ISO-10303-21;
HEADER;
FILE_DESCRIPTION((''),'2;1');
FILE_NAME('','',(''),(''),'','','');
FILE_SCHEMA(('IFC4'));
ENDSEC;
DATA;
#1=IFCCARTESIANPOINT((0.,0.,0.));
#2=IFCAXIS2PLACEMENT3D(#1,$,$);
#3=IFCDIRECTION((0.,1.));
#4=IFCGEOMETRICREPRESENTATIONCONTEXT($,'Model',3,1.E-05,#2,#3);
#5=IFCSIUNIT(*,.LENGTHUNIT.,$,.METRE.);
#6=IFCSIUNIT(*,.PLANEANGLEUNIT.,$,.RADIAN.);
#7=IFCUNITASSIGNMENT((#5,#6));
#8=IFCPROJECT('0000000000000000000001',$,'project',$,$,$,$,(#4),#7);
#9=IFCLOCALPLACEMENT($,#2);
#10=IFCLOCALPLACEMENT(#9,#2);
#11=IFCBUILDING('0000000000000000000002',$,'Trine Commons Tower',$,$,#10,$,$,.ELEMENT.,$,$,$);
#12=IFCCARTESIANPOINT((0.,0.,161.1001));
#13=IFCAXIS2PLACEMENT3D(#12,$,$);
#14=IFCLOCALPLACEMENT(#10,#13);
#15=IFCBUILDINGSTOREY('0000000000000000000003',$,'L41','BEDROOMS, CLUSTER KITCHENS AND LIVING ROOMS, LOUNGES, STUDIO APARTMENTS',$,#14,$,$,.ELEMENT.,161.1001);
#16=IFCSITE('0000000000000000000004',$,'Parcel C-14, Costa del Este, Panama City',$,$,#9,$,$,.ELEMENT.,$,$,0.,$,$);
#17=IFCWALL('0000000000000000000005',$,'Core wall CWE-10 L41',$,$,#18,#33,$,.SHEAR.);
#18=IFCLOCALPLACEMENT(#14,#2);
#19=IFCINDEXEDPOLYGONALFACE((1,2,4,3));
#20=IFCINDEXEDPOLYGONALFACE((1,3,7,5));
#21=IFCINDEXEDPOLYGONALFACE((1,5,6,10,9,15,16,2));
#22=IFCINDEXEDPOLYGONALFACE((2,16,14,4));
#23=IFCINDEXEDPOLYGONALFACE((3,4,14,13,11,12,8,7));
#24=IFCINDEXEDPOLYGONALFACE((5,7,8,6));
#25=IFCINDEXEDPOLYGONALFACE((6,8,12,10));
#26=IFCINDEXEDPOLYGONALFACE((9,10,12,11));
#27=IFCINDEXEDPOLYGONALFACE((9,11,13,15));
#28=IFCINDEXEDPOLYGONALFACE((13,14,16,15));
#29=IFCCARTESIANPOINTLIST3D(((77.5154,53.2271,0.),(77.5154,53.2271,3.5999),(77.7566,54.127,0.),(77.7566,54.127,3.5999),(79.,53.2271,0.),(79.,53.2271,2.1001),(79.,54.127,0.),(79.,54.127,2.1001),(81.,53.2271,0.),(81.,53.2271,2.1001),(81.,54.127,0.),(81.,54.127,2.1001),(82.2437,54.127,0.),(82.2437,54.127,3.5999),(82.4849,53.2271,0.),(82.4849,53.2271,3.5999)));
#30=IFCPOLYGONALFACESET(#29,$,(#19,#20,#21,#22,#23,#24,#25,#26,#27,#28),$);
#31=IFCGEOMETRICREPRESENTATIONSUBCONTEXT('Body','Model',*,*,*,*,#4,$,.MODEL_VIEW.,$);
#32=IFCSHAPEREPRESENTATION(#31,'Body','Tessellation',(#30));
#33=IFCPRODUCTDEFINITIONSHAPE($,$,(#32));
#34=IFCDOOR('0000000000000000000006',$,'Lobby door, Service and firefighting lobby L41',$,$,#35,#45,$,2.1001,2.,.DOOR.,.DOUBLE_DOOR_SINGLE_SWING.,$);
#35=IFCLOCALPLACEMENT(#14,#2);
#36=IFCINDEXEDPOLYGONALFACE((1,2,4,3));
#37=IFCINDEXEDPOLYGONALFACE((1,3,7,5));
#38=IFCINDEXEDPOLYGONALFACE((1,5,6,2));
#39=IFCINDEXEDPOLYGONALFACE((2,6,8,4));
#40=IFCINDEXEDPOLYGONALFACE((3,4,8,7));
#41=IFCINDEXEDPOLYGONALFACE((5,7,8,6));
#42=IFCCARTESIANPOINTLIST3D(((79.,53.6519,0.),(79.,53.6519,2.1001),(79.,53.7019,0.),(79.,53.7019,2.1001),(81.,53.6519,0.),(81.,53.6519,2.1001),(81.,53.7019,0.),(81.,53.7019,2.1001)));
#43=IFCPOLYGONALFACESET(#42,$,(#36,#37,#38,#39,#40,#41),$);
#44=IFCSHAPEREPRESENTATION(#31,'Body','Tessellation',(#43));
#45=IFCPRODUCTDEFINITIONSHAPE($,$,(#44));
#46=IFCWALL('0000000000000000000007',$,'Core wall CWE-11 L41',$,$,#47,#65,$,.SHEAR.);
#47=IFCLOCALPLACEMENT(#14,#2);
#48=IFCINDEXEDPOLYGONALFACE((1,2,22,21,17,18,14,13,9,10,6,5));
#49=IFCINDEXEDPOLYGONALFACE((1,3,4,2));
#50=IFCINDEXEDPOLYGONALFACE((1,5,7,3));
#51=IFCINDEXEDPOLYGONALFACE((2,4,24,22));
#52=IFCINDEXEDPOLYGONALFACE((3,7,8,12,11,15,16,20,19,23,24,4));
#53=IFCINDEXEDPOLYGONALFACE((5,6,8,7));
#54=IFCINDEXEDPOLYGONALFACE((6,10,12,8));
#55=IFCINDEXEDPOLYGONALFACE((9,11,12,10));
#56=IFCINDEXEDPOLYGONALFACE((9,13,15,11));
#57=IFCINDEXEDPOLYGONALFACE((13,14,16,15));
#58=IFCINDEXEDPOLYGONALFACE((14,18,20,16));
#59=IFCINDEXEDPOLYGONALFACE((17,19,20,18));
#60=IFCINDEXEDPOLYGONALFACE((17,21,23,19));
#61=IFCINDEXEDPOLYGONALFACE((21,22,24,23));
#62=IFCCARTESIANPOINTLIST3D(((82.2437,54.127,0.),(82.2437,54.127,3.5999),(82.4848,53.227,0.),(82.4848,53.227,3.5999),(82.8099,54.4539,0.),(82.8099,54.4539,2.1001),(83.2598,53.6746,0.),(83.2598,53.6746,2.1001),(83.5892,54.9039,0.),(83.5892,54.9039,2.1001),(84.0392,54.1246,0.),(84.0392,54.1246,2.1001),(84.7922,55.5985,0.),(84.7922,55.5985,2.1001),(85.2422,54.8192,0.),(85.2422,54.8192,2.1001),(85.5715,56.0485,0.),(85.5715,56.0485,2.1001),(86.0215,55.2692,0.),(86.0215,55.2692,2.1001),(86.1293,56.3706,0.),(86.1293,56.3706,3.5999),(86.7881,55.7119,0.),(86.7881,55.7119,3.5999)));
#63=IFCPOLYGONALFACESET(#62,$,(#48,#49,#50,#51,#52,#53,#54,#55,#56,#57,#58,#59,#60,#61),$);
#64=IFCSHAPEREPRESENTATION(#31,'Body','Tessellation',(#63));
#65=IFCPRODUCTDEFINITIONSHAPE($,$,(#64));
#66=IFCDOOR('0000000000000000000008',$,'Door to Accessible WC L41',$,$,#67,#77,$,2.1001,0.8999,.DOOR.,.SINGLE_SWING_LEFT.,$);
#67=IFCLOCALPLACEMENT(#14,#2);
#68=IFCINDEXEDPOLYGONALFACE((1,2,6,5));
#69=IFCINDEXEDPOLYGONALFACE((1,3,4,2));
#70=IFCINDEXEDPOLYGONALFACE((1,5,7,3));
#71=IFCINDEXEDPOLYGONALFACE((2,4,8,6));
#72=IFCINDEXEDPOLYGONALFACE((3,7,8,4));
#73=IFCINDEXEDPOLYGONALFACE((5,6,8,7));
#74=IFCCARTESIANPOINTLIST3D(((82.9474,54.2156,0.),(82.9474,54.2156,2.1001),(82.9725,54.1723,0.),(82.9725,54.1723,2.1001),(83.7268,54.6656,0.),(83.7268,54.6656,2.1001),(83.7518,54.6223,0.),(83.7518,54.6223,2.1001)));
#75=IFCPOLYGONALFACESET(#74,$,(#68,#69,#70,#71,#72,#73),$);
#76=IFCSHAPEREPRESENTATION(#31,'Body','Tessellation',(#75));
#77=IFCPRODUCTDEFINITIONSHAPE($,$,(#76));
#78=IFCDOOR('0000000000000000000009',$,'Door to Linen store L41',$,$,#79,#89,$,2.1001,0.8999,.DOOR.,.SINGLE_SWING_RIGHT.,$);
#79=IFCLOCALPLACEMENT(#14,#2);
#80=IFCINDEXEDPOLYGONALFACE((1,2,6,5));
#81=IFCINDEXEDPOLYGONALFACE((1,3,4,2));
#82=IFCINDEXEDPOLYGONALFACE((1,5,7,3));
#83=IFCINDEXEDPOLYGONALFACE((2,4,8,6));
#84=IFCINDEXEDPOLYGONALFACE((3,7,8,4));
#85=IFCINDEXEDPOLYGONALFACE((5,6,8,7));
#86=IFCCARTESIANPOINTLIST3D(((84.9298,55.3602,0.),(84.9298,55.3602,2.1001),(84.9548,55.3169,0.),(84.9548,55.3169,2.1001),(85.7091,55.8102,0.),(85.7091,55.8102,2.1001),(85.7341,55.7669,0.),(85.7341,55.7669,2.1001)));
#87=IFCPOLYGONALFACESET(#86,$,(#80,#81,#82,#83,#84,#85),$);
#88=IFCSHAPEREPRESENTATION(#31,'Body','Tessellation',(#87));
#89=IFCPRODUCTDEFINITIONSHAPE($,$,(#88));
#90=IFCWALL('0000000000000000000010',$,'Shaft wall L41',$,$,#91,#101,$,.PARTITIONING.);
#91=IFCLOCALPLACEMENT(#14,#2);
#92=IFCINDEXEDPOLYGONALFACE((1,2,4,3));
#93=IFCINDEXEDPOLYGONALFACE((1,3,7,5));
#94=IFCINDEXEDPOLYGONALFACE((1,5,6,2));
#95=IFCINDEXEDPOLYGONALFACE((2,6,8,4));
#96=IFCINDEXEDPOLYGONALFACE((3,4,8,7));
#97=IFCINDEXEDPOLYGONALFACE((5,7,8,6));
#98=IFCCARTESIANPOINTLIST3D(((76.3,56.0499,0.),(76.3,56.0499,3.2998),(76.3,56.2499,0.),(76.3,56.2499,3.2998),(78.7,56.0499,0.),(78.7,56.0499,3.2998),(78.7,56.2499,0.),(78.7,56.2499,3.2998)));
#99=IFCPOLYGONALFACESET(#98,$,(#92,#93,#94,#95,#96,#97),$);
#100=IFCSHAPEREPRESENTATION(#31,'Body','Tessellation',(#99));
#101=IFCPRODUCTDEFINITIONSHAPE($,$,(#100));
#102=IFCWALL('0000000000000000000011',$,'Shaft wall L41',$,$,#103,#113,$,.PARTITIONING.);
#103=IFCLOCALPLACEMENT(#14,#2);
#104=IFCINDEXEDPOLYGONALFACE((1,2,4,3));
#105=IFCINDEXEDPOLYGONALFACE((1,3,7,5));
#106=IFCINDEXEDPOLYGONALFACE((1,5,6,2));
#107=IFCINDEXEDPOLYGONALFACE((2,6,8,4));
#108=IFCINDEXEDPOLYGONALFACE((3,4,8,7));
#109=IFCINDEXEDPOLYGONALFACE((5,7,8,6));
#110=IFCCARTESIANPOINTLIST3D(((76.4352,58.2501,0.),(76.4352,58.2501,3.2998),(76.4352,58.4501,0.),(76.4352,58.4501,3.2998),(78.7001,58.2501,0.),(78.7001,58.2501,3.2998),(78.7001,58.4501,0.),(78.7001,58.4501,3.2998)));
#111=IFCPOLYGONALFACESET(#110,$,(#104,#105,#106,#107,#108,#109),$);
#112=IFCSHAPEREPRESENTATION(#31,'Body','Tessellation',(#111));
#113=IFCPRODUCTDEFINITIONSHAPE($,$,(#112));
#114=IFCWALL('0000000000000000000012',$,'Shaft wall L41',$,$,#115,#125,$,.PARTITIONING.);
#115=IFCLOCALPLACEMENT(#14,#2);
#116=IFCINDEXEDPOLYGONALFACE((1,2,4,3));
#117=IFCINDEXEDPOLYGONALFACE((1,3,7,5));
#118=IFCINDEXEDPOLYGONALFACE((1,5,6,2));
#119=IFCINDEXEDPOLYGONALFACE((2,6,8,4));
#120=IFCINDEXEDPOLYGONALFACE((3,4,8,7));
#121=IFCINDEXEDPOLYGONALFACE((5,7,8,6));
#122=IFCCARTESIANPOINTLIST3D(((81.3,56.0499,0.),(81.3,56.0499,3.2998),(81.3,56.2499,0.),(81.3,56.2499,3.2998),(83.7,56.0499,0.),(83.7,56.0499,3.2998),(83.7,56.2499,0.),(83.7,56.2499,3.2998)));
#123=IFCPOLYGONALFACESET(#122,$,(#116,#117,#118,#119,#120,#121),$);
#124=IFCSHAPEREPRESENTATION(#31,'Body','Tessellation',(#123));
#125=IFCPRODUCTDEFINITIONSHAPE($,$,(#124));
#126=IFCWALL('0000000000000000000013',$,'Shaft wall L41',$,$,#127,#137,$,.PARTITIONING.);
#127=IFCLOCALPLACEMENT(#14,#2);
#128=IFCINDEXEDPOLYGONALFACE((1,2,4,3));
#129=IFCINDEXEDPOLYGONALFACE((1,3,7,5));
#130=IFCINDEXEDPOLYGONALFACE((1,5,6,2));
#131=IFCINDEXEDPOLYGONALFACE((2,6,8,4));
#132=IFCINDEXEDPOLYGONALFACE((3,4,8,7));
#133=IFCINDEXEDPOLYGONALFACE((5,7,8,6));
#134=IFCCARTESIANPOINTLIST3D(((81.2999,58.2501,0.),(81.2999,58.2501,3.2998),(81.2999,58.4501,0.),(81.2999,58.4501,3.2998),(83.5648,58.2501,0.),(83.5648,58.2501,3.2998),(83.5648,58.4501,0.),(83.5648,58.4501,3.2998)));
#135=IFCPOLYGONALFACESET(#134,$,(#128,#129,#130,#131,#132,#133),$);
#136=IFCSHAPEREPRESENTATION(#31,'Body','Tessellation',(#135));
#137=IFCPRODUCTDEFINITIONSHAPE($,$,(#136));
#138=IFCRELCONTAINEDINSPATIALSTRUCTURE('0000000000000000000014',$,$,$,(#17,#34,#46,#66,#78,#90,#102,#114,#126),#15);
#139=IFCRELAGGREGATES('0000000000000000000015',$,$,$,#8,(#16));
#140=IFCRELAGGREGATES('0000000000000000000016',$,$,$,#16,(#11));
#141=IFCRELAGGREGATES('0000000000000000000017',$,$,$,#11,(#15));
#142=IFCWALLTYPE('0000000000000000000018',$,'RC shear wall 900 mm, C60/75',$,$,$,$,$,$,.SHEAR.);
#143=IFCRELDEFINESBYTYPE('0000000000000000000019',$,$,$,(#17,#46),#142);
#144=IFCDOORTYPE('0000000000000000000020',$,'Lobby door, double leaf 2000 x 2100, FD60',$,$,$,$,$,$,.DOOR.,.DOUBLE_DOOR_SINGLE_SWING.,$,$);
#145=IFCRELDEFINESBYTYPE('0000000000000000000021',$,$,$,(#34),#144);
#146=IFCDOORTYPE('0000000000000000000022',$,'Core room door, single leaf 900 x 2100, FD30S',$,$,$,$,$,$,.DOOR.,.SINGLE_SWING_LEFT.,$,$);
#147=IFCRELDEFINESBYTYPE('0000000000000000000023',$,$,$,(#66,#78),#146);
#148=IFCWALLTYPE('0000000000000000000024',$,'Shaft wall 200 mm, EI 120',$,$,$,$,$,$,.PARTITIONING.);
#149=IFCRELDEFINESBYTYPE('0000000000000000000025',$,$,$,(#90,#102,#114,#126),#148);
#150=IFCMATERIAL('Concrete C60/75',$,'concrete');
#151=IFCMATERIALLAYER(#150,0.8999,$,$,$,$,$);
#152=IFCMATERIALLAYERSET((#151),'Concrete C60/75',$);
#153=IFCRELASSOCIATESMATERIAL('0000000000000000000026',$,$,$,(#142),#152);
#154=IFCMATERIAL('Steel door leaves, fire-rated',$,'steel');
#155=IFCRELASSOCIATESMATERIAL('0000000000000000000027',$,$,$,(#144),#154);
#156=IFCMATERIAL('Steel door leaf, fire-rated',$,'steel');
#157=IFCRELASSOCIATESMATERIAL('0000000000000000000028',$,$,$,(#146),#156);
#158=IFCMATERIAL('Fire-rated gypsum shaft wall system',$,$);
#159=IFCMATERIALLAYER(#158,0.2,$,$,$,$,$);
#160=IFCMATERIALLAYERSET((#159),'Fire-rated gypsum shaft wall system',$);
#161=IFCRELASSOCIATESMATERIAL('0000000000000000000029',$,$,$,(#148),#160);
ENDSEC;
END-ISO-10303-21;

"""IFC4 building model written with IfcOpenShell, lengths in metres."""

from ifc_helpers import new_model, si_unit, direction, frame, frame_2d, origin, place, context, subcontext, project, spatial, polyline, rectangle, outline, extrude, material, layer, layer_set, type_object, element, fill, save


model = new_model("IFC4")

# Units and contexts
model_context = context("Model", 3, precision=1e-05, world=origin(), true_north=direction((0.0, 1.0)))
body_context = subcontext(model_context, "Body", "Model", "MODEL_VIEW")
ifc_project = project(units=[si_unit("LENGTHUNIT", "METRE"), si_unit("PLANEANGLEUNIT", "RADIAN")], contexts=[model_context])

# Site, building, storey
site_placement = place(None, origin())
site = spatial("IfcSite", under=ifc_project, at=site_placement, Name="Parcel C-14, Costa del Este, Panama City", CompositionType="ELEMENT", RefElevation=0.0)
building_placement = place(site_placement, origin())
building = spatial("IfcBuilding", under=site, at=building_placement, Name="Trine Commons Tower", CompositionType="ELEMENT")
storey_placement = place(building_placement, frame((0.0, 0.0, 161.1001)))
storey = spatial("IfcBuildingStorey", under=building, at=storey_placement, Name="L41", Description="BEDROOMS, CLUSTER KITCHENS AND LIVING ROOMS, LOUNGES, STUDIO APARTMENTS", CompositionType="ELEMENT", Elevation=161.1001)

# Shared definitions
ifc_material_1 = material(Name="Fire-rated gypsum shaft wall system")
ifc_material_2 = material(Name="Steel door leaf, fire-rated", Category="steel")
ifc_material_3 = material(Name="Concrete C60/75", Category="concrete")

# Wall, opening, door
ifc_layer_1 = layer(ifc_material_3, 0.8999)
ifc_layer_set_1 = layer_set([ifc_layer_1], Name="Concrete C60/75")
wall_type_1 = type_object("IfcWallType", Name="RC shear wall 900 mm, C60/75", PredefinedType="SHEAR", material=ifc_layer_set_1)
wall_1_placement = place(storey_placement, frame((77.5154, 53.677, 0.0), z_axis=(0.0, 0.0, 1.0), x_axis=(1.0, 0.0, 0.0)))
wall_1 = element("IfcWall", 1, at=wall_1_placement, inside=storey, type_object=wall_type_1, Name="Core wall CWE-10 L41", PredefinedType="SHEAR", context=body_context, shape_type="SweptSolid", body=[
    extrude(outline(polyline([(0.0, -0.45), (4.9695, -0.45), (4.7283, 0.45), (0.2412, 0.45), (0.0, -0.45)])), origin(), (0.0, 0.0, 1.0), 3.5999),
])
opening_1_placement = place(wall_1_placement, frame((1.4846, 0.0, 0.0)))
opening_1 = element("IfcOpeningElement", 2, at=opening_1_placement, cuts=wall_1, PredefinedType="OPENING", context=body_context, shape_type="SweptSolid", body=[
    extrude(rectangle(XDim=2.0, YDim=2.1001, at=frame_2d((1.0, 1.05))), frame((0.0, 0.46, 0.0), z_axis=(0.0, -1.0, 0.0), x_axis=(1.0, 0.0, 0.0)), (0.0, 0.0, 1.0), 0.9199),
])
ifc_material_4 = material(Name="Steel door leaves, fire-rated", Category="steel")
door_type_1 = type_object("IfcDoorType", Name="Lobby door, double leaf 2000 x 2100, FD60", OperationType="DOUBLE_DOOR_SINGLE_SWING", PredefinedType="DOOR", material=ifc_material_4)
door_1_placement = place(opening_1_placement, origin())
door_1 = element("IfcDoor", 3, at=door_1_placement, inside=storey, type_object=door_type_1, Name="Lobby door, Service and firefighting lobby L41", OperationType="DOUBLE_DOOR_SINGLE_SWING", OverallHeight=2.1001, OverallWidth=2.0, PredefinedType="DOOR", context=body_context, shape_type="SweptSolid", body=[
    extrude(rectangle(XDim=2.0, YDim=2.1001, at=frame_2d((1.0, 1.05))), frame((0.0, 0.0249, 0.0), z_axis=(0.0, -1.0, 0.0), x_axis=(1.0, 0.0, 0.0)), (0.0, 0.0, 1.0), 0.05),
])
fill(opening_1, door_1)

# Wall, openings, doors
wall_2_placement = place(storey_placement, frame((82.2598, 53.6167, 0.0), z_axis=(0.0, 0.0, 1.0), x_axis=(0.866003, 0.500039, 0.0)))
wall_2 = element("IfcWall", 4, at=wall_2_placement, inside=storey, type_object=wall_type_1, Name="Core wall CWE-11 L41", PredefinedType="SHEAR", context=body_context, shape_type="SweptSolid", body=[
    extrude(outline(polyline([(0.0, -0.45), (4.9692, -0.45), (4.728, 0.45), (0.2412, 0.45), (0.0, -0.45)])), origin(), (0.0, 0.0, 1.0), 3.5999),
])
opening_2_placement = place(wall_2_placement, frame((0.895, 0.0, 0.0)))
opening_2 = element("IfcOpeningElement", 5, at=opening_2_placement, cuts=wall_2, PredefinedType="OPENING", context=body_context, shape_type="SweptSolid", body=[
    extrude(rectangle(XDim=0.8999, YDim=2.1001, at=frame_2d((0.45, 1.05))), frame((0.0, 0.46, 0.0), z_axis=(0.0, -1.0, 0.0), x_axis=(1.0, 0.0, 0.0)), (0.0, 0.0, 1.0), 0.9199),
])
opening_3_placement = place(wall_2_placement, frame((3.1841, 0.0, 0.0)))
opening_3 = element("IfcOpeningElement", 6, at=opening_3_placement, cuts=wall_2, PredefinedType="OPENING", context=body_context, shape_type="SweptSolid", body=[
    extrude(rectangle(XDim=0.8999, YDim=2.1001, at=frame_2d((0.45, 1.05))), frame((0.0, 0.46, 0.0), z_axis=(0.0, -1.0, 0.0), x_axis=(1.0, 0.0, 0.0)), (0.0, 0.0, 1.0), 0.9199),
])
door_type_2 = type_object("IfcDoorType", Name="Core room door, single leaf 900 x 2100, FD30S", OperationType="SINGLE_SWING_LEFT", PredefinedType="DOOR", material=ifc_material_2)
door_2_placement = place(opening_2_placement, origin())
door_2 = element("IfcDoor", 7, at=door_2_placement, inside=storey, type_object=door_type_2, Name="Door to Accessible WC L41", OperationType="SINGLE_SWING_LEFT", OverallHeight=2.1001, OverallWidth=0.8999, PredefinedType="DOOR", context=body_context, shape_type="SweptSolid", body=[
    extrude(rectangle(XDim=0.8999, YDim=2.1001, at=frame_2d((0.45, 1.05))), frame((0.0, 0.1748, 0.0), z_axis=(0.0, -1.0, 0.0), x_axis=(1.0, 0.0, 0.0)), (0.0, 0.0, 1.0), 0.05),
])
fill(opening_2, door_2)
door_3_placement = place(opening_3_placement, origin())
door_3 = element("IfcDoor", 8, at=door_3_placement, inside=storey, type_object=door_type_2, Name="Door to Linen store L41", OperationType="SINGLE_SWING_RIGHT", OverallHeight=2.1001, OverallWidth=0.8999, PredefinedType="DOOR", context=body_context, shape_type="SweptSolid", body=[
    extrude(rectangle(XDim=0.8999, YDim=2.1001, at=frame_2d((0.45, 1.05))), frame((0.0, 0.1748, 0.0), z_axis=(0.0, -1.0, 0.0), x_axis=(1.0, 0.0, 0.0)), (0.0, 0.0, 1.0), 0.05),
])
fill(opening_3, door_3)

# Walls
ifc_layer_2 = layer(ifc_material_1, 0.2)
ifc_layer_set_2 = layer_set([ifc_layer_2], Name="Fire-rated gypsum shaft wall system")
wall_type_2 = type_object("IfcWallType", Name="Shaft wall 200 mm, EI 120", PredefinedType="PARTITIONING", material=ifc_layer_set_2)
wall_3_placement = place(storey_placement, frame((78.7, 56.1499, 0.0), z_axis=(0.0, 0.0, 1.0), x_axis=(-1.0, 0.0, 0.0)))
element("IfcWall", 9, at=wall_3_placement, inside=storey, type_object=wall_type_2, Name="Shaft wall L41", PredefinedType="PARTITIONING", context=body_context, shape_type="SweptSolid", body=[
    extrude(rectangle(XDim=2.3999, YDim=0.2, at=frame_2d((1.2, 0.0))), origin(), (0.0, 0.0, 1.0), 3.2998),
])
wall_4_placement = place(storey_placement, frame((78.7, 58.3501, 0.0), z_axis=(0.0, 0.0, 1.0), x_axis=(-1.0, 0.0, 0.0)))
element("IfcWall", 10, at=wall_4_placement, inside=storey, type_object=wall_type_2, Name="Shaft wall L41", PredefinedType="PARTITIONING", context=body_context, shape_type="SweptSolid", body=[
    extrude(rectangle(XDim=2.2649, YDim=0.2, at=frame_2d((1.1323, 0.0))), origin(), (0.0, 0.0, 1.0), 3.2998),
])
wall_5_placement = place(storey_placement, frame((81.3, 56.1499, 0.0), z_axis=(0.0, 0.0, 1.0), x_axis=(1.0, 0.0, 0.0)))
element("IfcWall", 11, at=wall_5_placement, inside=storey, type_object=wall_type_2, Name="Shaft wall L41", PredefinedType="PARTITIONING", context=body_context, shape_type="SweptSolid", body=[
    extrude(rectangle(XDim=2.3999, YDim=0.2, at=frame_2d((1.2, 0.0))), origin(), (0.0, 0.0, 1.0), 3.2998),
])
wall_6_placement = place(storey_placement, frame((81.3, 58.3501, 0.0), z_axis=(0.0, 0.0, 1.0), x_axis=(1.0, 0.0, 0.0)))
element("IfcWall", 12, at=wall_6_placement, inside=storey, type_object=wall_type_2, Name="Shaft wall L41", PredefinedType="PARTITIONING", context=body_context, shape_type="SweptSolid", body=[
    extrude(rectangle(XDim=2.2649, YDim=0.2, at=frame_2d((1.1323, 0.0))), origin(), (0.0, 0.0, 1.0), 3.2998),
])

save(model, "model.ifc")
